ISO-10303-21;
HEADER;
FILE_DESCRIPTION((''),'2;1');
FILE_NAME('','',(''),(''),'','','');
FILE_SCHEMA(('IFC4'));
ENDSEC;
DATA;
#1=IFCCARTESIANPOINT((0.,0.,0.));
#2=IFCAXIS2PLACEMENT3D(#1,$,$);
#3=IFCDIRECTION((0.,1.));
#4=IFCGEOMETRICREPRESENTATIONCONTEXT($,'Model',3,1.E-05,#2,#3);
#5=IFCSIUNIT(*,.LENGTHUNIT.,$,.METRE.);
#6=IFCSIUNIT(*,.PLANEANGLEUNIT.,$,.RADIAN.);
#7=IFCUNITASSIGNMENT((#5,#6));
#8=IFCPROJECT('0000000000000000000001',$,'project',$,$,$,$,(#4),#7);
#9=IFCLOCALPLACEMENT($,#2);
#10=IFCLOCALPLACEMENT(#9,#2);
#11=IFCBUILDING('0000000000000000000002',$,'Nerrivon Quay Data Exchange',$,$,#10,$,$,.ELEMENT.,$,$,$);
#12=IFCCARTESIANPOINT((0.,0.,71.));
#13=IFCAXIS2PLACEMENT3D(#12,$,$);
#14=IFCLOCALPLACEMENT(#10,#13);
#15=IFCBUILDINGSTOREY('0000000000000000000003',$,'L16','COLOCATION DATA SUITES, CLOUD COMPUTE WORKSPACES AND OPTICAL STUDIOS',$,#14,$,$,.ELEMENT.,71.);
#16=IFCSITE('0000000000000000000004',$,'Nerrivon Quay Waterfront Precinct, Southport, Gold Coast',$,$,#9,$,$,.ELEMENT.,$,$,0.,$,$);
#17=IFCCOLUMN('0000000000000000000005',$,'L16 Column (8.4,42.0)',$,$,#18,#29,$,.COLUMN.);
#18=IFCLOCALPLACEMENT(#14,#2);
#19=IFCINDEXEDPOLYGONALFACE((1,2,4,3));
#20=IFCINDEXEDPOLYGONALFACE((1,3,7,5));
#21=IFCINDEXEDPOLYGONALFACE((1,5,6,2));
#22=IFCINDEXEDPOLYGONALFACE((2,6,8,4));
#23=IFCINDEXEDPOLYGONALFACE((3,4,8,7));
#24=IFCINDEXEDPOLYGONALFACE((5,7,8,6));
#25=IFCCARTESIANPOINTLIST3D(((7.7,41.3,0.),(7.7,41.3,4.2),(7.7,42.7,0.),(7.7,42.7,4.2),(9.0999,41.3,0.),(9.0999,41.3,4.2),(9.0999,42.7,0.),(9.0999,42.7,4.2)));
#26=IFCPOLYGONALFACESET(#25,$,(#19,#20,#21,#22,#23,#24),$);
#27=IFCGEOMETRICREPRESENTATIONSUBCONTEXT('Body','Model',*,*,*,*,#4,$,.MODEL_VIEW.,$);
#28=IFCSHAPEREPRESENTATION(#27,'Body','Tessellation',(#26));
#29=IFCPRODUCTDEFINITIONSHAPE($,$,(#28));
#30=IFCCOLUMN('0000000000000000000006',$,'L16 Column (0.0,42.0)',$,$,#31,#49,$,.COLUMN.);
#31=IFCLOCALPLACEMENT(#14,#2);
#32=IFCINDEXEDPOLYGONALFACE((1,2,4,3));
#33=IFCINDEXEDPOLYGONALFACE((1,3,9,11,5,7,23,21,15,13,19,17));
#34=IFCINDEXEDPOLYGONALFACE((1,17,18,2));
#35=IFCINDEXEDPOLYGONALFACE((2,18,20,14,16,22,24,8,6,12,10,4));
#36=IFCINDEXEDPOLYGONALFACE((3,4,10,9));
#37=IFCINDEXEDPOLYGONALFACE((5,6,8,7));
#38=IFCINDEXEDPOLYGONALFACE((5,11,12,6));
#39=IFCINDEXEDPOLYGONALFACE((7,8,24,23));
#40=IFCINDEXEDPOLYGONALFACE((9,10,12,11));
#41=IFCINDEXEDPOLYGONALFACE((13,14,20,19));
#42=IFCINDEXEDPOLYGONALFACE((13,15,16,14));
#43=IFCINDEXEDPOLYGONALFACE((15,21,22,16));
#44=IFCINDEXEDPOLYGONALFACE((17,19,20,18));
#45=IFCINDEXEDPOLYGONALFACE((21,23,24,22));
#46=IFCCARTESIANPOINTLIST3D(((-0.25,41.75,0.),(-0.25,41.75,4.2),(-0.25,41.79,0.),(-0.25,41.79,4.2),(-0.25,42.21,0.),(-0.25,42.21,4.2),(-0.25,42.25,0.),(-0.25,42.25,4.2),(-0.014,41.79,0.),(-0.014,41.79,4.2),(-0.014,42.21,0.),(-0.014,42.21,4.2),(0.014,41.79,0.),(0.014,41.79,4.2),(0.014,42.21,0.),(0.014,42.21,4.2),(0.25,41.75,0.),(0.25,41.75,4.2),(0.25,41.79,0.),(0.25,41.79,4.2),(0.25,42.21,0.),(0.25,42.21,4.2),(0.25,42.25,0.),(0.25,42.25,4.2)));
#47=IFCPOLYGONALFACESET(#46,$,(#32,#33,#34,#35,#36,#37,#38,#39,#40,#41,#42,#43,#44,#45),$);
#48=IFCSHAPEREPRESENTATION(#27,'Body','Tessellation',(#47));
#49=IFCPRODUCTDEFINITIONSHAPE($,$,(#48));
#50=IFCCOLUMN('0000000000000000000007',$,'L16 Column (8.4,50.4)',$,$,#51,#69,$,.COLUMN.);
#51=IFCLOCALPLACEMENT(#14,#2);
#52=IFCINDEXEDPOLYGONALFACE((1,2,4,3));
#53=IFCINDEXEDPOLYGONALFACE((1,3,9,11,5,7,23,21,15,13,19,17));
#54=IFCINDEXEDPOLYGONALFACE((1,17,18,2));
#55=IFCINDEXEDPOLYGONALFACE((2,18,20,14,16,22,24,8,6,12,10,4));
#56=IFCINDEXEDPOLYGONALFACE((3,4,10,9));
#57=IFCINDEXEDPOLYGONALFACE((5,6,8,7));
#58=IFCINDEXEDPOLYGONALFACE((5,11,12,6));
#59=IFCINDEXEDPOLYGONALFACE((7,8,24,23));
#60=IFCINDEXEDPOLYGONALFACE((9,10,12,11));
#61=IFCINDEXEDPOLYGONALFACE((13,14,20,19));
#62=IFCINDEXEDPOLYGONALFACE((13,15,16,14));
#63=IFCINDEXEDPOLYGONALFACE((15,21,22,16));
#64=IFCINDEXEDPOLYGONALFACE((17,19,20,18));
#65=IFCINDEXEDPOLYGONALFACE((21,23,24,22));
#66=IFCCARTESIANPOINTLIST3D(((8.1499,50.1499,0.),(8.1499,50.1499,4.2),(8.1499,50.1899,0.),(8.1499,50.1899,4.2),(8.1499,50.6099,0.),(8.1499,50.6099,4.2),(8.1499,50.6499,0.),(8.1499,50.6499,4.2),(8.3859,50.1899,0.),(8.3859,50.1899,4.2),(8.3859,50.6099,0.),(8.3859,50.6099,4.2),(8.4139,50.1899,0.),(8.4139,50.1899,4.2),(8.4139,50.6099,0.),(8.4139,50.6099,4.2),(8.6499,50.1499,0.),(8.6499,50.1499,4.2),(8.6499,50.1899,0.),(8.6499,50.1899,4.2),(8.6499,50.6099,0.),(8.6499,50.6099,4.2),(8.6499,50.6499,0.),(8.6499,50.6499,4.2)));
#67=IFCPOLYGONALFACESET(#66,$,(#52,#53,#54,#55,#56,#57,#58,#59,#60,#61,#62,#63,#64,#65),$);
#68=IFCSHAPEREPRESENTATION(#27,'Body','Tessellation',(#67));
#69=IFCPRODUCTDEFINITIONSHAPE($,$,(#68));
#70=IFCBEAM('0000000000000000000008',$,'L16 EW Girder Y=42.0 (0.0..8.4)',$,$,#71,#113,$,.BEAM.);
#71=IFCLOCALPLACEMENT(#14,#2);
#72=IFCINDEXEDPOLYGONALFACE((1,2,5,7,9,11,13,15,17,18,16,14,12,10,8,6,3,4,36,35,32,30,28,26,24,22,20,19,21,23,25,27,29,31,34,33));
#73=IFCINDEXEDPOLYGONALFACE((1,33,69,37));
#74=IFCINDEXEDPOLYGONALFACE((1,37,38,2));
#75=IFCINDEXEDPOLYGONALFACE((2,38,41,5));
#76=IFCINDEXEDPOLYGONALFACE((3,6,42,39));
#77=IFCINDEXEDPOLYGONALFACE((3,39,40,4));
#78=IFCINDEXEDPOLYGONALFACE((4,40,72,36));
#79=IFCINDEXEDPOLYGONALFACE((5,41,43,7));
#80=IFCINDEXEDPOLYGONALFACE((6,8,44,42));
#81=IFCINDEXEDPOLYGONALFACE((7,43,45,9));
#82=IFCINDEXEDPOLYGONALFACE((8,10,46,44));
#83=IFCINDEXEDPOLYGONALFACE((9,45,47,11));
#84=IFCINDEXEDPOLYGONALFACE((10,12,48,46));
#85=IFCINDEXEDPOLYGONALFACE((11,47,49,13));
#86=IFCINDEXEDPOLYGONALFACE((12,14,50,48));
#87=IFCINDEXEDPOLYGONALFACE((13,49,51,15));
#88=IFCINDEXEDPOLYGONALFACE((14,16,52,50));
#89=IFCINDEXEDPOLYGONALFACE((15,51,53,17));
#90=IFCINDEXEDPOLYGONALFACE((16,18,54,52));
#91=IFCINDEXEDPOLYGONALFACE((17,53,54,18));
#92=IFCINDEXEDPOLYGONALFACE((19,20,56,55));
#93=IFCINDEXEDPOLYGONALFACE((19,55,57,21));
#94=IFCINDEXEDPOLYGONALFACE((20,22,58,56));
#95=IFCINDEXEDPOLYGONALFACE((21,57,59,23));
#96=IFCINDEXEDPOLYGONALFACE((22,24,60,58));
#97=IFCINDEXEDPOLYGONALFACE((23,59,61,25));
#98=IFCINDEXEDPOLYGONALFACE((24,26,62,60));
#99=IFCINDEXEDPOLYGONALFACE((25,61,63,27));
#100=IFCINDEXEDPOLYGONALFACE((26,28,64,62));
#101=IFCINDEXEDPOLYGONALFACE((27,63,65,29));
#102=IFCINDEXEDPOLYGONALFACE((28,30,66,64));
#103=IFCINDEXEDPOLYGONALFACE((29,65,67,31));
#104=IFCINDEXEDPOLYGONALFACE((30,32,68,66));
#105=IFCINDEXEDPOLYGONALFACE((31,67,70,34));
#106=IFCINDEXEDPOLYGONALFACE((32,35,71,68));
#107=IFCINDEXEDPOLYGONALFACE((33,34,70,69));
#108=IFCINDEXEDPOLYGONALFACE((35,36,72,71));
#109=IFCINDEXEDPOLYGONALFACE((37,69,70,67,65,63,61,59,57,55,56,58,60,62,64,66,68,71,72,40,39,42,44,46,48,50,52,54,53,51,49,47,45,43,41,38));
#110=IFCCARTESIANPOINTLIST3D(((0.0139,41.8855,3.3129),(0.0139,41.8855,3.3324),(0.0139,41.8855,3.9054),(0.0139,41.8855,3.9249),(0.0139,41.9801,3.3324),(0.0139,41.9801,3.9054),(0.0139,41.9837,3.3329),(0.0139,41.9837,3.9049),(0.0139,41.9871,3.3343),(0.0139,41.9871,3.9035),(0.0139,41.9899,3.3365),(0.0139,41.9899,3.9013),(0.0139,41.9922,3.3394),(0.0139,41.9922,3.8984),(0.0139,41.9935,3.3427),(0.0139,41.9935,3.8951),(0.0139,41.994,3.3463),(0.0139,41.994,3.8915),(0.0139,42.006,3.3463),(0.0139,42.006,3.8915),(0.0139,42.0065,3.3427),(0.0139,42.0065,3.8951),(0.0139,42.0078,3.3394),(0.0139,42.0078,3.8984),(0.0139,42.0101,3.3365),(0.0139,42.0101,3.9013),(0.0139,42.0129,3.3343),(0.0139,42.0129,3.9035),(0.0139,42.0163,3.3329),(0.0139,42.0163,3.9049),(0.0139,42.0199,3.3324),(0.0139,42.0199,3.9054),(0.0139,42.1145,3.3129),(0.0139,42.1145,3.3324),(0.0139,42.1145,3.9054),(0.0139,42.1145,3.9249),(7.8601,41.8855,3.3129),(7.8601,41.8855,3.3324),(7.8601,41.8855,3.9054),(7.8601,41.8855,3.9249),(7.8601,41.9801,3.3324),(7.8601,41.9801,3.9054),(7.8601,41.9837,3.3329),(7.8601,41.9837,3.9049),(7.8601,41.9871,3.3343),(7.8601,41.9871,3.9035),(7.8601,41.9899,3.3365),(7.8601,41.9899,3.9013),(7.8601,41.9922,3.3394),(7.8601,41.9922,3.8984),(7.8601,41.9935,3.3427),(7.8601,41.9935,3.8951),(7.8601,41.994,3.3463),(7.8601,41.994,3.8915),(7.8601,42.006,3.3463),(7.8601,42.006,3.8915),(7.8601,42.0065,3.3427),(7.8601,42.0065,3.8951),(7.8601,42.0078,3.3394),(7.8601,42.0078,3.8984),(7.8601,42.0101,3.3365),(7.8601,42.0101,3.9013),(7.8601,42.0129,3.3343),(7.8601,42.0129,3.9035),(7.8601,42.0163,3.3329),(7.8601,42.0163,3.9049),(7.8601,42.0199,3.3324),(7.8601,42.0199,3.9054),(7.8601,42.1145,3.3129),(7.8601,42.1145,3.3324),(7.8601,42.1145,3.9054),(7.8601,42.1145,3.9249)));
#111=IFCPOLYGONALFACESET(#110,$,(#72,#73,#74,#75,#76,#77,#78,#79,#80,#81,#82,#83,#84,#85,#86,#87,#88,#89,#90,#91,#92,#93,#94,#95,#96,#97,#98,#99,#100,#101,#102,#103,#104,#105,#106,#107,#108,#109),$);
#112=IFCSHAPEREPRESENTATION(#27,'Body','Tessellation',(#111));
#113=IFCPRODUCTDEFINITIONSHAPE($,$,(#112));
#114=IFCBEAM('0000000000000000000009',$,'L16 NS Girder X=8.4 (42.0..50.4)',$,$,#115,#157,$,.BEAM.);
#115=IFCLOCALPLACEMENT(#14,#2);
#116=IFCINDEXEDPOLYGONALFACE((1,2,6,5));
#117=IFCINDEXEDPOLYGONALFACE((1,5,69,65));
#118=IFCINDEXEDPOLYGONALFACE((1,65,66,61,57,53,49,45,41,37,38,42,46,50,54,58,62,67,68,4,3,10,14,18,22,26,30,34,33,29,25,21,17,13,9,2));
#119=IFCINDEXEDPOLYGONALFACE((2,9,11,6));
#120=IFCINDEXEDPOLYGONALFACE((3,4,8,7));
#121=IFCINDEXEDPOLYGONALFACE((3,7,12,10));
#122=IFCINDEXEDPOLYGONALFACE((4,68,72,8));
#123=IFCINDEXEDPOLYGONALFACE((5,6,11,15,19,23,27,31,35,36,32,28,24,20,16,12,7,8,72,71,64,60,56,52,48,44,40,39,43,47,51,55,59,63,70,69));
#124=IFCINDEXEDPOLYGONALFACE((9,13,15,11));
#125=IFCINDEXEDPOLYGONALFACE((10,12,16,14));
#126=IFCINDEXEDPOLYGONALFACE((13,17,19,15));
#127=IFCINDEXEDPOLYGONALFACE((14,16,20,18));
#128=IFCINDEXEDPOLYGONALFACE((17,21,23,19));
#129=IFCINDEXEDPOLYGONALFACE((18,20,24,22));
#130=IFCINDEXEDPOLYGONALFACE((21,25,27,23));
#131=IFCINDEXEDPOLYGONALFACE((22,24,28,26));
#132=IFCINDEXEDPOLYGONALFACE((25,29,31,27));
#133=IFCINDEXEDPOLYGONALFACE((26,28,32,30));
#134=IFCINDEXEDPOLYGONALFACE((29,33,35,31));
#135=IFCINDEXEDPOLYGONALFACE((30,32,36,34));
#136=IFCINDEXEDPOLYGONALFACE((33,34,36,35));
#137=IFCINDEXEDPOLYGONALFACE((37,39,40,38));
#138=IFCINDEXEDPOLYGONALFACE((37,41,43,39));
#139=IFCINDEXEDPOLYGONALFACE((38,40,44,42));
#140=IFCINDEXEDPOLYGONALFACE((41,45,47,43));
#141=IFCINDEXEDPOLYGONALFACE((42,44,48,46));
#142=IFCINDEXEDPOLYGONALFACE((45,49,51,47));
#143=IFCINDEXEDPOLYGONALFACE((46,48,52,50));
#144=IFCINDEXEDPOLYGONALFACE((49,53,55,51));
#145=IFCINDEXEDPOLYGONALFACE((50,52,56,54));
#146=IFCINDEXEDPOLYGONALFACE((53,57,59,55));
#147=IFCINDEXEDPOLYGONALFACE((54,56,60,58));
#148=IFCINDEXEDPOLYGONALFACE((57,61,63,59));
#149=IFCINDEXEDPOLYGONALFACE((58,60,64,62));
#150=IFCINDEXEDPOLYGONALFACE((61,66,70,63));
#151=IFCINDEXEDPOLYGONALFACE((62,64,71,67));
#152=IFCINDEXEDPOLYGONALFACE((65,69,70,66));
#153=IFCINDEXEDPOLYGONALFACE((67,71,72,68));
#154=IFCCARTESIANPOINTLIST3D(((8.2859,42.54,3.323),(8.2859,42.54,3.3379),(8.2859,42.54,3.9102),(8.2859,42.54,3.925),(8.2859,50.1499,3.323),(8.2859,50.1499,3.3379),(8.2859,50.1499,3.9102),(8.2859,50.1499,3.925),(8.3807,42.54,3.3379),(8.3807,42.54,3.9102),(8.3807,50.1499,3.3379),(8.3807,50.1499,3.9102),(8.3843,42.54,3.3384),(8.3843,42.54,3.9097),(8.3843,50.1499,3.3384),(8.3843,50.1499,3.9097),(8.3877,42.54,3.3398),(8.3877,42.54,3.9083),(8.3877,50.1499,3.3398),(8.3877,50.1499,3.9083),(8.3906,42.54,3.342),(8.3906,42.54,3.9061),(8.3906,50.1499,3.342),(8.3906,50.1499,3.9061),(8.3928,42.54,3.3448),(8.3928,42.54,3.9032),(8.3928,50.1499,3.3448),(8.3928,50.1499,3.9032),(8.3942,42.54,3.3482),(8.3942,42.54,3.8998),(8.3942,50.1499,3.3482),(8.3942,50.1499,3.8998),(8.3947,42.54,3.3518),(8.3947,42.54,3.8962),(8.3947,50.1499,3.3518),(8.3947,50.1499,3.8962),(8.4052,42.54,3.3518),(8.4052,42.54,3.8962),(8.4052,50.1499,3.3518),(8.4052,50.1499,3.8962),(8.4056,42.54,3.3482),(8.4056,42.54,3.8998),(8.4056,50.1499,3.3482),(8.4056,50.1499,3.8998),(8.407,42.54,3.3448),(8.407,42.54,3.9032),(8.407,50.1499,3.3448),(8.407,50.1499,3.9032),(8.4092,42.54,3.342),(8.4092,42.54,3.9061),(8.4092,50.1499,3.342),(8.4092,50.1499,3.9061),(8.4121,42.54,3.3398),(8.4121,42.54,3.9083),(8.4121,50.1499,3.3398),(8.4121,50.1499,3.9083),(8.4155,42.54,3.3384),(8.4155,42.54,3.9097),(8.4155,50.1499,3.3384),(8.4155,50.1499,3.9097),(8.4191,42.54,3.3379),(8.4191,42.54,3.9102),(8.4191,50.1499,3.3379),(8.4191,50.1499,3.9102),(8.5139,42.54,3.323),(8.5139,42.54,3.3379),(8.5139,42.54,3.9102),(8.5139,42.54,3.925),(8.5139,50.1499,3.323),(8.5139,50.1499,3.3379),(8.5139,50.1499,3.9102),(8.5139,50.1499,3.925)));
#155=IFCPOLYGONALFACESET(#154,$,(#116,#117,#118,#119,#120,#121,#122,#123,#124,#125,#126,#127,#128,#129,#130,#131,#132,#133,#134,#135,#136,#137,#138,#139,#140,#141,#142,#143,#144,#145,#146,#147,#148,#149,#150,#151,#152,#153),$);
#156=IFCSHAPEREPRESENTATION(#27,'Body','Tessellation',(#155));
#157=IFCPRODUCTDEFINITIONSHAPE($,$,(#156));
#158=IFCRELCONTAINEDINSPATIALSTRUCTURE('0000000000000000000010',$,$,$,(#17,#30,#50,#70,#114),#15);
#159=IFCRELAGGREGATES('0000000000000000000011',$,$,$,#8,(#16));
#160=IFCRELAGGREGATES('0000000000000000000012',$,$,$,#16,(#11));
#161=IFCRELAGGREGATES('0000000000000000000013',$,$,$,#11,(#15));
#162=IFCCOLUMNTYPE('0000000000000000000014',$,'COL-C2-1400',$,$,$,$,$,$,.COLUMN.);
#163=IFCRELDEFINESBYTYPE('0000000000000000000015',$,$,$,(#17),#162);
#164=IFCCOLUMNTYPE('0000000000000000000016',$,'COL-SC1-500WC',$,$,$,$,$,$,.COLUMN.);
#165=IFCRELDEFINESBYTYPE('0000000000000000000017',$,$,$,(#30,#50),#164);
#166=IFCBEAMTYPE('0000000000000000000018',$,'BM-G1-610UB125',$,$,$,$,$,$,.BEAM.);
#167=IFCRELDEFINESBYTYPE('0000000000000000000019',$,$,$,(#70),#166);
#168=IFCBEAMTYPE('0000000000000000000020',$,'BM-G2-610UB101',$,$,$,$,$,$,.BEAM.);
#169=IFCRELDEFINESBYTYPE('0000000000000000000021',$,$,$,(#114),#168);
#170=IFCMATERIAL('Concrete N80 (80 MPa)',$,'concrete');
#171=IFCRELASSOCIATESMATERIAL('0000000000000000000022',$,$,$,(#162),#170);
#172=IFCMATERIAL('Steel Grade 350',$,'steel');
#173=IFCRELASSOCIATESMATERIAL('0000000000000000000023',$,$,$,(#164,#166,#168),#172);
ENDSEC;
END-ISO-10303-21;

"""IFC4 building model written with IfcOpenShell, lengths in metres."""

from ifc_helpers import new_model, si_unit, direction, frame, origin, origin_2d, place, context, subcontext, project, spatial, rectangle, i_section, extrude, material, material_profile, profile_set, type_object, element, save


model = new_model("IFC4")

# Units and contexts
model_context = context("Model", 3, precision=1e-05, world=origin(), true_north=direction((0.0, 1.0)))
body_context = subcontext(model_context, "Body", "Model", "MODEL_VIEW")
ifc_project = project(units=[si_unit("LENGTHUNIT", "METRE"), si_unit("PLANEANGLEUNIT", "RADIAN")], contexts=[model_context])

# Site, building, storey
site_placement = place(None, origin())
site = spatial("IfcSite", under=ifc_project, at=site_placement, Name="Nerrivon Quay Waterfront Precinct, Southport, Gold Coast", CompositionType="ELEMENT", RefElevation=0.0)
building_placement = place(site_placement, origin())
building = spatial("IfcBuilding", under=site, at=building_placement, Name="Nerrivon Quay Data Exchange", CompositionType="ELEMENT")
storey_placement = place(building_placement, frame((0.0, 0.0, 71.0)))
storey = spatial("IfcBuildingStorey", under=building, at=storey_placement, Name="L16", Description="COLOCATION DATA SUITES, CLOUD COMPUTE WORKSPACES AND OPTICAL STUDIOS", CompositionType="ELEMENT", Elevation=71.0)

# Columns
ifc_material_1 = material(Name="Concrete N80 (80 MPa)", Category="concrete")
ifc_material_profile_1 = material_profile(ifc_material_1, rectangle(XDim=1.3999, YDim=1.3999, at=origin_2d()), Name="RC-COL-1400x1400")
ifc_profile_set_1 = profile_set([ifc_material_profile_1], Name="Concrete N80 (80 MPa)")
column_type_1 = type_object("IfcColumnType", Name="COL-C2-1400", PredefinedType="COLUMN", material=ifc_profile_set_1)
column_placement = place(storey_placement, frame((8.3999, 42.0, 0.0), z_axis=(0.0, 0.0, 1.0), x_axis=(1.0, 0.0, 0.0)))
element("IfcColumn", 1, at=column_placement, inside=storey, type_object=column_type_1, Name="L16 Column (8.4,42.0)", PredefinedType="COLUMN", context=body_context, shape_type="SweptSolid", body=[
    extrude(rectangle(XDim=1.3999, YDim=1.3999, at=origin_2d()), origin(), (0.0, 0.0, 1.0), 4.2),
])
ifc_material_2 = material(Name="Steel Grade 350", Category="steel")
ifc_material_profile_2 = material_profile(ifc_material_2, i_section(OverallWidth=0.5, OverallDepth=0.5, WebThickness=0.0281, FlangeThickness=0.04, at=origin_2d()), Name="500WC440")
ifc_profile_set_2 = profile_set([ifc_material_profile_2], Name="Steel Grade 350")
column_type_2 = type_object("IfcColumnType", Name="COL-SC1-500WC", PredefinedType="COLUMN", material=ifc_profile_set_2)
for number, where, z_axis, x_axis, name in (
    (2, (0.0, 42.0, 0.0), (0.0, 0.0, 1.0), (1.0, 0.0, 0.0), "L16 Column (0.0,42.0)"),
    (3, (8.3999, 50.3999, 0.0), (0.0, 0.0, 1.0), (1.0, 0.0, 0.0), "L16 Column (8.4,50.4)"),
):
    element("IfcColumn", number, at=place(storey_placement, frame(where, z_axis=z_axis, x_axis=x_axis)), inside=storey, type_object=column_type_2, Name=name, PredefinedType="COLUMN", context=body_context, shape_type="SweptSolid", body=[
        extrude(i_section(OverallWidth=0.5, OverallDepth=0.5, WebThickness=0.0281, FlangeThickness=0.04, at=origin_2d()), origin(), (0.0, 0.0, 1.0), 4.2),
    ])

# Beams
ifc_material_profile_3 = material_profile(ifc_material_2, i_section(OverallWidth=0.229, OverallDepth=0.6121, WebThickness=0.012, FlangeThickness=0.0195, FilletRadius=0.0139, at=origin_2d()), Name="610UB125")
ifc_profile_set_3 = profile_set([ifc_material_profile_3], Name="Steel Grade 350")
beam_type_1 = type_object("IfcBeamType", Name="BM-G1-610UB125", PredefinedType="BEAM", material=ifc_profile_set_3)
beam_1_placement = place(storey_placement, frame((0.0139, 42.0, 3.6189), z_axis=(1.0, 0.0, 0.0), x_axis=(0.0, 1.0, 0.0)))
element("IfcBeam", 4, at=beam_1_placement, inside=storey, type_object=beam_type_1, Name="L16 EW Girder Y=42.0 (0.0..8.4)", PredefinedType="BEAM", context=body_context, shape_type="SweptSolid", body=[
    extrude(i_section(OverallWidth=0.229, OverallDepth=0.6121, WebThickness=0.012, FlangeThickness=0.0195, FilletRadius=0.0139, at=origin_2d()), origin(), (0.0, 0.0, 1.0), 7.8462),
])
ifc_material_profile_4 = material_profile(ifc_material_2, i_section(OverallWidth=0.228, OverallDepth=0.6021, WebThickness=0.0105, FlangeThickness=0.0149, FilletRadius=0.0139, at=origin_2d()), Name="610UB101")
ifc_profile_set_4 = profile_set([ifc_material_profile_4], Name="Steel Grade 350")
beam_type_2 = type_object("IfcBeamType", Name="BM-G2-610UB101", PredefinedType="BEAM", material=ifc_profile_set_4)
beam_2_placement = place(storey_placement, frame((8.3999, 42.54, 3.624), z_axis=(0.0, 1.0, 0.0), x_axis=(-1.0, 0.0, 0.0)))
element("IfcBeam", 5, at=beam_2_placement, inside=storey, type_object=beam_type_2, Name="L16 NS Girder X=8.4 (42.0..50.4)", PredefinedType="BEAM", context=body_context, shape_type="SweptSolid", body=[
    extrude(i_section(OverallWidth=0.228, OverallDepth=0.6021, WebThickness=0.0105, FlangeThickness=0.0149, FilletRadius=0.0139, at=origin_2d()), origin(), (0.0, 0.0, 1.0), 7.6099),
])

save(model, "model.ifc")
